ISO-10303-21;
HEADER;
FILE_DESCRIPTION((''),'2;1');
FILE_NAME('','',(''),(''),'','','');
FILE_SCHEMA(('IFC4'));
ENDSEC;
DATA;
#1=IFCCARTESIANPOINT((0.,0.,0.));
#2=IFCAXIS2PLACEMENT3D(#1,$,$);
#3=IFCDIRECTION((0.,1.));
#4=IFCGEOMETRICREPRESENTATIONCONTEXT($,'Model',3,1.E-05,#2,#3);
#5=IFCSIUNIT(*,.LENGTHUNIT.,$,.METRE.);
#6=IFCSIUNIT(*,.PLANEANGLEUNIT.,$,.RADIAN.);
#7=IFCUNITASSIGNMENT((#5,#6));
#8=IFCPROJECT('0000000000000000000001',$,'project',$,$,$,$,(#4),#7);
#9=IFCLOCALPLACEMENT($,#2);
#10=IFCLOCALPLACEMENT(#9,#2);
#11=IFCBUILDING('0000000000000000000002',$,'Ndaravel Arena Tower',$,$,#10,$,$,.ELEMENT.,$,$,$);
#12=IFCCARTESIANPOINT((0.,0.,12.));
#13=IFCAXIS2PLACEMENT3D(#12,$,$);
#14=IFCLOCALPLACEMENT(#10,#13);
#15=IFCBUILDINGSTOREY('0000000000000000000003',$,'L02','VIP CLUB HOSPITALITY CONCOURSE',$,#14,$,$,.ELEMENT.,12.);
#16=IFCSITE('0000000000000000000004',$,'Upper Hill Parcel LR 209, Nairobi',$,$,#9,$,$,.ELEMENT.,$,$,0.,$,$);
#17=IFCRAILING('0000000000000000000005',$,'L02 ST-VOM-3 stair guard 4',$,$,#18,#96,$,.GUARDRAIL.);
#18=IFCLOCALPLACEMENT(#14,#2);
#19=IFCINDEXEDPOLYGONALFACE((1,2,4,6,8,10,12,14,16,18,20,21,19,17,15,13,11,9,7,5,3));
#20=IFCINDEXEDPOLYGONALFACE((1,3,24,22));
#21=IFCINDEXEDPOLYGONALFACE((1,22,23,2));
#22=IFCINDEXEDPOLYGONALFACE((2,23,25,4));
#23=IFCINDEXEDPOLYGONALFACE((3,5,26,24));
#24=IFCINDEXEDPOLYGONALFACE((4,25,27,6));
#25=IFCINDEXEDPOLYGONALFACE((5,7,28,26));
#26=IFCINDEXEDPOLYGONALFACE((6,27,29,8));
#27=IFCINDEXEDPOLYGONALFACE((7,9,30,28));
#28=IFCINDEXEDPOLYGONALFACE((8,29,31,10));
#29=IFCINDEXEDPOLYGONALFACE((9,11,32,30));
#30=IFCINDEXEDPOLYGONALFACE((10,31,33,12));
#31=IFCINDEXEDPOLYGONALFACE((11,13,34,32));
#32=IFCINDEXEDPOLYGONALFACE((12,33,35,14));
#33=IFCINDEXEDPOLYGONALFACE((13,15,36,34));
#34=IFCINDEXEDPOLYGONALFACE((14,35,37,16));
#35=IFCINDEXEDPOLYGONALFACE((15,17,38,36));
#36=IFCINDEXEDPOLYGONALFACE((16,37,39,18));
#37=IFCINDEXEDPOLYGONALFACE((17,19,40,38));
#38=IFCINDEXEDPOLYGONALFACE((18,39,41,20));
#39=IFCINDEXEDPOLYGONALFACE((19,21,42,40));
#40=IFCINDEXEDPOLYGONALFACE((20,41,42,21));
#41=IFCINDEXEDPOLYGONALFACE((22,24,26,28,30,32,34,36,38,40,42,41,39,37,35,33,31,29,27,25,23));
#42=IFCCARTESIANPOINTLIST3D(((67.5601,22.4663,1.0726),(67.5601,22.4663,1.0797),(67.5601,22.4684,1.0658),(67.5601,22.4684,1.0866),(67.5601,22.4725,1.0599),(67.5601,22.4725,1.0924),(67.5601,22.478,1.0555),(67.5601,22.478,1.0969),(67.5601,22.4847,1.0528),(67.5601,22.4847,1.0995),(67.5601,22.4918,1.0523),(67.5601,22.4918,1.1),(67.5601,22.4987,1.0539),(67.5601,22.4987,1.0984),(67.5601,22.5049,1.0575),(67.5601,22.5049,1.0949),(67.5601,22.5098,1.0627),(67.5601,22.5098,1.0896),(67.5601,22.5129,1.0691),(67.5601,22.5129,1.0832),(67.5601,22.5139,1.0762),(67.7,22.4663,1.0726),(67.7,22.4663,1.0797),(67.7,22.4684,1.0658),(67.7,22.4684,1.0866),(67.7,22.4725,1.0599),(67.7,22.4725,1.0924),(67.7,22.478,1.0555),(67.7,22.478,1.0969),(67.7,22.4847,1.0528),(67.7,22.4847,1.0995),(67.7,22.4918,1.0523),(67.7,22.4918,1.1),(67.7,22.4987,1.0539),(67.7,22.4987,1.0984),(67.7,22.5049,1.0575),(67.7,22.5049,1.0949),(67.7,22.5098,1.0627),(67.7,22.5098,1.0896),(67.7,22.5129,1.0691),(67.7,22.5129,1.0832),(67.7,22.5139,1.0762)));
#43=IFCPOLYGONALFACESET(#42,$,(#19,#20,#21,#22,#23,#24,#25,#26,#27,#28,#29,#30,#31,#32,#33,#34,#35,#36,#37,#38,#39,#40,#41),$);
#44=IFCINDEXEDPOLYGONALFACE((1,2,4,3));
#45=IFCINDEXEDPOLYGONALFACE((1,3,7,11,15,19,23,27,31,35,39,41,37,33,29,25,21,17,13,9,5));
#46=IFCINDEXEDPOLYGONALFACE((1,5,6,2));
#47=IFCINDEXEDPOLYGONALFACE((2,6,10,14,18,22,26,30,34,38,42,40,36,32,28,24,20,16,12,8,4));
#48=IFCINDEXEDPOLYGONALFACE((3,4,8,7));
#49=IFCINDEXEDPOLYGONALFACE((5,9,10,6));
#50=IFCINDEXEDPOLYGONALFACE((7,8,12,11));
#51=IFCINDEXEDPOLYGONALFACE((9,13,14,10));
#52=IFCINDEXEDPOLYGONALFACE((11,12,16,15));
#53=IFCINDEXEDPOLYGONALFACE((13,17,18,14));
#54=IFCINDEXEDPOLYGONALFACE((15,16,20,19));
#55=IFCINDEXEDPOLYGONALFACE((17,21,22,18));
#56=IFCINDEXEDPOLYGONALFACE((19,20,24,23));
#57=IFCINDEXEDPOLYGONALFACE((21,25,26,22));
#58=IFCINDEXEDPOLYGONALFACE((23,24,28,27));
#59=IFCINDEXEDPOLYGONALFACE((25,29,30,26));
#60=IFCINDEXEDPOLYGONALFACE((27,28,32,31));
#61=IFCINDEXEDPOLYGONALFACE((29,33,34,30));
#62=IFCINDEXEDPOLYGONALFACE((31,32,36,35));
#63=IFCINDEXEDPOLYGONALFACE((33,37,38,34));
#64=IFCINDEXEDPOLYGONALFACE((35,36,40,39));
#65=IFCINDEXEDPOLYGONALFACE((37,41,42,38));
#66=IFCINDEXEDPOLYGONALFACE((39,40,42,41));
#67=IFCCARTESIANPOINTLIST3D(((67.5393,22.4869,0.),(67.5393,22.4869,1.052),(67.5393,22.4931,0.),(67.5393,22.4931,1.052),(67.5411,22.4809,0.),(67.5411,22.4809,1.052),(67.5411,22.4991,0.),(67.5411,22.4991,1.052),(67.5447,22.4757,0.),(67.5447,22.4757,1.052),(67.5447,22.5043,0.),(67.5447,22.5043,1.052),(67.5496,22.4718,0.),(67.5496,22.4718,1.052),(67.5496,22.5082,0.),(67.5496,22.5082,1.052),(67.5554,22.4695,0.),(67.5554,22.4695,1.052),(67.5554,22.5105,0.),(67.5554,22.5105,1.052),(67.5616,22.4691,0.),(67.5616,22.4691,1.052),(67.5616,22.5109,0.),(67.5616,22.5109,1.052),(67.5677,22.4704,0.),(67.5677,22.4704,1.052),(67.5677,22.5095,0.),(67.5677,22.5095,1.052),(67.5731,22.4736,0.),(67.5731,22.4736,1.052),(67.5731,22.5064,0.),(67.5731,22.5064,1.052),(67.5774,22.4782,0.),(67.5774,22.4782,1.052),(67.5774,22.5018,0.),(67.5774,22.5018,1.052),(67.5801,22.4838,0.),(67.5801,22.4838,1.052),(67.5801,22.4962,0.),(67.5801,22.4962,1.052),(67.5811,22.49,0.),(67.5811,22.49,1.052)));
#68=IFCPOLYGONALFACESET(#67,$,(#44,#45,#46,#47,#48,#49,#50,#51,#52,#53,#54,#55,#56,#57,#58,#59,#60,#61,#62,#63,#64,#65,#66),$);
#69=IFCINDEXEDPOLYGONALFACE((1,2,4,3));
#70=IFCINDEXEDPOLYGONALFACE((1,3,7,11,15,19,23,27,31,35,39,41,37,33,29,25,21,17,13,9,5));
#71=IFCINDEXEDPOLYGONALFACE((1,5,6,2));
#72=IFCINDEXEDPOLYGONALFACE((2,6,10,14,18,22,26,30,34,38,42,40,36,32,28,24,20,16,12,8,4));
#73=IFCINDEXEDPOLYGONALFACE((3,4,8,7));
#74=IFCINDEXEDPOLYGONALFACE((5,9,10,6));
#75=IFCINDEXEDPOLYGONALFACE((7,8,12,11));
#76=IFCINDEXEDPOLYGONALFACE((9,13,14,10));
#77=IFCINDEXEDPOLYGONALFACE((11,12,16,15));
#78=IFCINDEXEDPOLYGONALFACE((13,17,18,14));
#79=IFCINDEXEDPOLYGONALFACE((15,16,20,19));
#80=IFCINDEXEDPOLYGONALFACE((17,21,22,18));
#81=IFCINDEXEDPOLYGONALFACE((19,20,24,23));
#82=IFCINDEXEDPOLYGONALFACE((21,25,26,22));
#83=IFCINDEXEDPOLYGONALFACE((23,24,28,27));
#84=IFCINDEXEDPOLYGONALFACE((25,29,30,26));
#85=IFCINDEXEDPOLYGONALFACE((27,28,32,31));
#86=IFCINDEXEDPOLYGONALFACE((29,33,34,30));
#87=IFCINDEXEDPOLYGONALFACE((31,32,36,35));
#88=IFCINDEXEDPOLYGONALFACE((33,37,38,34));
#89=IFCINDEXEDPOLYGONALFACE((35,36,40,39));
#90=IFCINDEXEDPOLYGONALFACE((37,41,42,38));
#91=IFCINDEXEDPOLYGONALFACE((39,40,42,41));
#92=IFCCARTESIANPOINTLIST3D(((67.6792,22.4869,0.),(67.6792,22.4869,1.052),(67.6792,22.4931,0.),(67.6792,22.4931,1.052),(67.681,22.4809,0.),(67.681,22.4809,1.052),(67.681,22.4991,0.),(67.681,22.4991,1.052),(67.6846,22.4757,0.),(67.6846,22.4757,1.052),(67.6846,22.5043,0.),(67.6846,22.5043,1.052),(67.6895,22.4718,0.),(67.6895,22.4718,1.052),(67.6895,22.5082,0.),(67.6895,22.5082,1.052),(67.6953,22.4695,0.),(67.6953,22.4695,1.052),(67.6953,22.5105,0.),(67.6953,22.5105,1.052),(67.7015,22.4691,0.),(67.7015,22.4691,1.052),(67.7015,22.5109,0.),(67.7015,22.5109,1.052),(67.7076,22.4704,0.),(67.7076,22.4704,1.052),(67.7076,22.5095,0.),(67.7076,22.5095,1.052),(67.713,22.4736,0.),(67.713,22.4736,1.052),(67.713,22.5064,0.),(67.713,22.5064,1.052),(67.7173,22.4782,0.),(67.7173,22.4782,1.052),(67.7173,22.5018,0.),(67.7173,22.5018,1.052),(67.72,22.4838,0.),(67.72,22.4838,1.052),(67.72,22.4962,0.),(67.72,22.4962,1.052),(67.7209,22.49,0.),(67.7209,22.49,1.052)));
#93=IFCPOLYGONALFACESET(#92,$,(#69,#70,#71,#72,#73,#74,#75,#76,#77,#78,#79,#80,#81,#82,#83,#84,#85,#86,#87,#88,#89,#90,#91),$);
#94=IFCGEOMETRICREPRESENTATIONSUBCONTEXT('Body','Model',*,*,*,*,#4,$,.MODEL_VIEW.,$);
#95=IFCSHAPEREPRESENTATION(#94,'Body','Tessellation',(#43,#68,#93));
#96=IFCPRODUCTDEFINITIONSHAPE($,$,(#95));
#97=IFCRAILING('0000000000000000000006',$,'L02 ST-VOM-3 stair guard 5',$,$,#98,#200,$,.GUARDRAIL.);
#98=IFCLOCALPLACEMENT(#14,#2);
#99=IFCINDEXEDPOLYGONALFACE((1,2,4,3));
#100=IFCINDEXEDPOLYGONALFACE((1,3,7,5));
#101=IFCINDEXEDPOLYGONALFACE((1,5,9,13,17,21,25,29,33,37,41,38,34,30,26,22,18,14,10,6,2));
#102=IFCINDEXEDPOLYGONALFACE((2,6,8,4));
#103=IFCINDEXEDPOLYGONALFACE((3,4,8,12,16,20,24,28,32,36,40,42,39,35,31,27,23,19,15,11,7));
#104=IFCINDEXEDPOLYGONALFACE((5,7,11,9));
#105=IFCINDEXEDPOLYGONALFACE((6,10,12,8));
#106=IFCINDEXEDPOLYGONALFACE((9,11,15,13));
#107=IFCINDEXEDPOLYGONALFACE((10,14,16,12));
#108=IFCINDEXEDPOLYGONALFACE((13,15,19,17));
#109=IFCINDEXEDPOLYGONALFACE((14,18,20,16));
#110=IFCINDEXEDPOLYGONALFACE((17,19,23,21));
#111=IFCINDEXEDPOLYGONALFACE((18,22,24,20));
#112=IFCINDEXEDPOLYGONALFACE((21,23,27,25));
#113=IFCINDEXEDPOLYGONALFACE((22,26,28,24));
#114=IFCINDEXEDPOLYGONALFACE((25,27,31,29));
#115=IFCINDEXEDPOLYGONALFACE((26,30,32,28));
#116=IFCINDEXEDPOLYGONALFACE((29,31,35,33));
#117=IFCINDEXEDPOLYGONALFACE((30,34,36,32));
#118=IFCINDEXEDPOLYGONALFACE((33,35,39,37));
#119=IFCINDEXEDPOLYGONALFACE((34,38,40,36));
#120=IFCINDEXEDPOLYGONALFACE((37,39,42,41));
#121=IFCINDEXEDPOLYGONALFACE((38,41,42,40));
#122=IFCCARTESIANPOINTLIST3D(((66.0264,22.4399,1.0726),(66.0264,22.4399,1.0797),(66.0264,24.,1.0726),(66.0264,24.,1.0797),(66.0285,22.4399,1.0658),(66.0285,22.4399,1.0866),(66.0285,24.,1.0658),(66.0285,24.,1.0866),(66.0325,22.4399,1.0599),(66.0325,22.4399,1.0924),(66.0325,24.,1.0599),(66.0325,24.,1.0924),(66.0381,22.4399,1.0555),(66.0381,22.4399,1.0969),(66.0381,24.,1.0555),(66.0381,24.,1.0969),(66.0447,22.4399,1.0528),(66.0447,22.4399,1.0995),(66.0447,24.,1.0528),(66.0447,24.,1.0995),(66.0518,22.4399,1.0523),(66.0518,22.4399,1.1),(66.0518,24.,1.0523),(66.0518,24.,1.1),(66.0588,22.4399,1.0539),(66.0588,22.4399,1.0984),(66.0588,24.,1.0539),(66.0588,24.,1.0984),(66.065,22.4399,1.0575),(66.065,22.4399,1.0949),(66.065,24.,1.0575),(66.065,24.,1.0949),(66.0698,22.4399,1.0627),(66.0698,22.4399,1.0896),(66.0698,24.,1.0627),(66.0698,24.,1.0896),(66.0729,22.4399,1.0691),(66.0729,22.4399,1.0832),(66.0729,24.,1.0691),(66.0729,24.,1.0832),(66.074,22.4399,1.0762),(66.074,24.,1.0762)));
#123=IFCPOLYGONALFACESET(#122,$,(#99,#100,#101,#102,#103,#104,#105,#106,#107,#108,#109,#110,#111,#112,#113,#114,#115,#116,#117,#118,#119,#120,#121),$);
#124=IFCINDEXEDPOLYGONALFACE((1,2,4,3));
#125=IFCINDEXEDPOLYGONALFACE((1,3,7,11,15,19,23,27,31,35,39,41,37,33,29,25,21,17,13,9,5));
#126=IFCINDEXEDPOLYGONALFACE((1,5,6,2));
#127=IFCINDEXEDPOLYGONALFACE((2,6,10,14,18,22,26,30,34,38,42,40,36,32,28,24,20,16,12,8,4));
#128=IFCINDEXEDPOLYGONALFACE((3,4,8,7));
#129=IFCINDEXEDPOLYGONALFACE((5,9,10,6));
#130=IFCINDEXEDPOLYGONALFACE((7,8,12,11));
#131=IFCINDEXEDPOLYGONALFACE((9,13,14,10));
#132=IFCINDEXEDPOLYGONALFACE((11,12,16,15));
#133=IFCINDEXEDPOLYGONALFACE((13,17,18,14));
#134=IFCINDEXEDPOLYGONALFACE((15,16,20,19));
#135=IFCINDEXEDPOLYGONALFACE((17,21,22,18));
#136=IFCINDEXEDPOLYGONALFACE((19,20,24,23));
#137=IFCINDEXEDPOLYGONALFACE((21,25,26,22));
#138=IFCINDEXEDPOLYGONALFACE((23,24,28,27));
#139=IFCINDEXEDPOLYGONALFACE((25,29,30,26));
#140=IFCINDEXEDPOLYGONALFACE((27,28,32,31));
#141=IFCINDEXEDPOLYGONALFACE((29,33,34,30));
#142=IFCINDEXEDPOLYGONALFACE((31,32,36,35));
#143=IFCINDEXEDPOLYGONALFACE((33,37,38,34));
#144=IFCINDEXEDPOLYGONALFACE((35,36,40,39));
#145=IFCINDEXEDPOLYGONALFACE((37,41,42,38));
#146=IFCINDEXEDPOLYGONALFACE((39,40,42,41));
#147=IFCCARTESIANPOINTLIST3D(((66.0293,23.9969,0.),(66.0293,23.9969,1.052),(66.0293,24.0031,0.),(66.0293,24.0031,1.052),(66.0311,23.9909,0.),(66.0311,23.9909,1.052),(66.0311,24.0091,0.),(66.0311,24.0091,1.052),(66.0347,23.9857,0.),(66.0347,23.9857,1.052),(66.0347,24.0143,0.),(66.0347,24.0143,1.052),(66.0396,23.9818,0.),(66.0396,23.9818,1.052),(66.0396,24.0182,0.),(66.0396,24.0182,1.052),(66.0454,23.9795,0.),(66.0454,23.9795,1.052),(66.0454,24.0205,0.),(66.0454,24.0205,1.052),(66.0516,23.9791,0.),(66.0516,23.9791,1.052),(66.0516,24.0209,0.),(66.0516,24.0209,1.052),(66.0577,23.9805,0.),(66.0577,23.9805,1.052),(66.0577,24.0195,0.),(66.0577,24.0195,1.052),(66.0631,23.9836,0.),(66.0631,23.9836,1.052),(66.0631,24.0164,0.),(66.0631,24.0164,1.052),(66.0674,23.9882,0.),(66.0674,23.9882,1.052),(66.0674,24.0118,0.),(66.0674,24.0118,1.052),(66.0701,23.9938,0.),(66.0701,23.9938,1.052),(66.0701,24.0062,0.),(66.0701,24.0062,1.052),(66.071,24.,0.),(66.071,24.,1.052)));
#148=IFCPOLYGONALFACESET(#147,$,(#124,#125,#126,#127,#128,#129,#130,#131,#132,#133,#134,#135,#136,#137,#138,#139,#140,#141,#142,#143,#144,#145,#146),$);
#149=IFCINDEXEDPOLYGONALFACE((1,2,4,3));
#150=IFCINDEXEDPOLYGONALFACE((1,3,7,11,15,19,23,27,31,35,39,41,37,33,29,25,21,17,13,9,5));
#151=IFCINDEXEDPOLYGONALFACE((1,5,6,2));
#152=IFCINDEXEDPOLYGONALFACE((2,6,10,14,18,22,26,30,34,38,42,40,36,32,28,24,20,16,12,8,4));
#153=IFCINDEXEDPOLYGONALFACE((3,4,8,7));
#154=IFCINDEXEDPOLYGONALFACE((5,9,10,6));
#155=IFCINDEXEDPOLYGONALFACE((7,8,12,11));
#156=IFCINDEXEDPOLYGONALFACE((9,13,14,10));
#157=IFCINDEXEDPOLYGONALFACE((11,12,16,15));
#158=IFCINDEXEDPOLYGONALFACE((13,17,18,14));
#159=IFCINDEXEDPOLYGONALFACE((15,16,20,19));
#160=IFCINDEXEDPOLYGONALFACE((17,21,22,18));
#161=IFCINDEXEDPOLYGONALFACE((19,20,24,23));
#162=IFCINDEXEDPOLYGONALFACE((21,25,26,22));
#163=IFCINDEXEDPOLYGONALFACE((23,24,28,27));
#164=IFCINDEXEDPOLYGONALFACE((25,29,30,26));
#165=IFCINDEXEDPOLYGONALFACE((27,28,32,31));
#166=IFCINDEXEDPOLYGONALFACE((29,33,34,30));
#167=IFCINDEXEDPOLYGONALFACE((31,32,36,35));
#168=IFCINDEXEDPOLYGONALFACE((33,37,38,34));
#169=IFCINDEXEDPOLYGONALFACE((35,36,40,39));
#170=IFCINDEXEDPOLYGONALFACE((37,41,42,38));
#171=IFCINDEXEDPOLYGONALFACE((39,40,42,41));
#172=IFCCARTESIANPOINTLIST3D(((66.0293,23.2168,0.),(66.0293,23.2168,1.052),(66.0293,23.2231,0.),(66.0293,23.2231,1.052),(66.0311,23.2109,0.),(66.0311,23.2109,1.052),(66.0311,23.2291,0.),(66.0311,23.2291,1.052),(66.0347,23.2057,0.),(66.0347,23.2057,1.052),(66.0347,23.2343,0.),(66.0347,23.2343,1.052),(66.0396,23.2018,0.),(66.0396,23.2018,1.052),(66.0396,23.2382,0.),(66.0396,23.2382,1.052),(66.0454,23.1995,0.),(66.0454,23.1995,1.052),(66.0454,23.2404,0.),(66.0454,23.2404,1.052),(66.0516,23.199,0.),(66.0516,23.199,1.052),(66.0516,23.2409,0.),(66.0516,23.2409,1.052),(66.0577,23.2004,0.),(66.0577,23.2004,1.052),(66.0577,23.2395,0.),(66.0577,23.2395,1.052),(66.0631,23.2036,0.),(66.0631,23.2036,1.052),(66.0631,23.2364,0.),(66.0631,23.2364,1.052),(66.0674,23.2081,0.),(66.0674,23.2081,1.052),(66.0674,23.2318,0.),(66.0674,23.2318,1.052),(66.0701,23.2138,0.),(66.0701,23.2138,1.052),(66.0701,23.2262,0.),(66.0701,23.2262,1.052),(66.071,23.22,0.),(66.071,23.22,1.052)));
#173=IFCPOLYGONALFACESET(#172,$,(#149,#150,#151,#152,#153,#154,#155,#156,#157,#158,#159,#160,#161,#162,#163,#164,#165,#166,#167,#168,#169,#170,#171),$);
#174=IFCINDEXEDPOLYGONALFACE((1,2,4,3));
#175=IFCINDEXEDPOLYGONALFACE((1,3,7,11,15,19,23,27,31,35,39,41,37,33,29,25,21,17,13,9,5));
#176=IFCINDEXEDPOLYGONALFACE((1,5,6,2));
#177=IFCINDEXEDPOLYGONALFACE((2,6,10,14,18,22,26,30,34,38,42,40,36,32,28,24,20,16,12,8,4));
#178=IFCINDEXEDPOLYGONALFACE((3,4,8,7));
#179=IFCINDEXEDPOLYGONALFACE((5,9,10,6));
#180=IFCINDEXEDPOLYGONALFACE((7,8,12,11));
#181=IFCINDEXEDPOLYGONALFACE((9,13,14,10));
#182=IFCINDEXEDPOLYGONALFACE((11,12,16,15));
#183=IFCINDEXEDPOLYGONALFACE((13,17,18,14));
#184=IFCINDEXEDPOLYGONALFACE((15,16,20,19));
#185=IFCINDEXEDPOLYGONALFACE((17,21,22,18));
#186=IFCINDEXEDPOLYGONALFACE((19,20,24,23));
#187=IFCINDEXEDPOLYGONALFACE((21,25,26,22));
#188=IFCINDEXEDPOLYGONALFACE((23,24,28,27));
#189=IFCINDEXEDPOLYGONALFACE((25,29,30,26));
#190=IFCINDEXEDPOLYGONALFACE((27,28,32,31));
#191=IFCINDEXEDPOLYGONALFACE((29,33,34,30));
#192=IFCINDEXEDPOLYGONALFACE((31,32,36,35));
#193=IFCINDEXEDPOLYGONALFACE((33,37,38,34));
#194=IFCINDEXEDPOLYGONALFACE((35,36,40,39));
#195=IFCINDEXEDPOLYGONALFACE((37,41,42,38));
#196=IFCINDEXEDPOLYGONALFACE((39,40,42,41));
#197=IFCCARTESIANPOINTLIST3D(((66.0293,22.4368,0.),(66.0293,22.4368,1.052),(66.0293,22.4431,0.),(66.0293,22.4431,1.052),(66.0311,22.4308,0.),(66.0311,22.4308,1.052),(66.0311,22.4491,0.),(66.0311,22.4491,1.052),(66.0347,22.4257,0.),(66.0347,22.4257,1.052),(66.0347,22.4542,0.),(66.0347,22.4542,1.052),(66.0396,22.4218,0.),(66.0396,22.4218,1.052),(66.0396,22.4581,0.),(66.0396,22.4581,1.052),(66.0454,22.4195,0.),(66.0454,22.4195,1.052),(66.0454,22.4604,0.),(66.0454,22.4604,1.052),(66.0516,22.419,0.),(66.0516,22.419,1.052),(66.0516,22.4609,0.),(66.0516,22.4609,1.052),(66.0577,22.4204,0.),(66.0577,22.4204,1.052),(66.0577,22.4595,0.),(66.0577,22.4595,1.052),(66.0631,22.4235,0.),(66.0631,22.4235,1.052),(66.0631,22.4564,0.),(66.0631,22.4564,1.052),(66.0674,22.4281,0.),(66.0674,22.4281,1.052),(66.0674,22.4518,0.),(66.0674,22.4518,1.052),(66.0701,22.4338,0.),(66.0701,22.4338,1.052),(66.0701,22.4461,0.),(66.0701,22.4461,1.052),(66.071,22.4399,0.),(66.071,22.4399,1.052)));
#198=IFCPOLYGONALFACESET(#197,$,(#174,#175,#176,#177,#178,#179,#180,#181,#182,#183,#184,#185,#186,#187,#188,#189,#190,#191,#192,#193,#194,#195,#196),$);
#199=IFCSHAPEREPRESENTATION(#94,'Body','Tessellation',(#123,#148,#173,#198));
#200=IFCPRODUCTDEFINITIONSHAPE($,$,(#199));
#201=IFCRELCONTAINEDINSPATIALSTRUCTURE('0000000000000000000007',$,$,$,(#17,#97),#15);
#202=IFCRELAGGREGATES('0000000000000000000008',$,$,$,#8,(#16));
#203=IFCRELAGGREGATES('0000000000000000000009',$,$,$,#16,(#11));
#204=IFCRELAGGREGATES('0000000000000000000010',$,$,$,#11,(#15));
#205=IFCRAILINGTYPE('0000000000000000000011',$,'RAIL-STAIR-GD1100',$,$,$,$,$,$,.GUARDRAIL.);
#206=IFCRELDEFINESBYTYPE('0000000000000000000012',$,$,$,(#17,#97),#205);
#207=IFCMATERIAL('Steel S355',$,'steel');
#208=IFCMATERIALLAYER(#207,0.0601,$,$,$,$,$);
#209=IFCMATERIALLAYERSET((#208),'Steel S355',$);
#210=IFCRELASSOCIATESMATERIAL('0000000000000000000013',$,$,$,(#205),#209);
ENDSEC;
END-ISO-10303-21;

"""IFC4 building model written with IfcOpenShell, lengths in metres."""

from ifc_helpers import new_model, si_unit, direction, frame, origin, origin_2d, place, context, subcontext, project, spatial, circle, extrude, material, layer, layer_set, type_object, element, save


model = new_model("IFC4")

# Units and contexts
model_context = context("Model", 3, precision=1e-05, world=origin(), true_north=direction((0.0, 1.0)))
body_context = subcontext(model_context, "Body", "Model", "MODEL_VIEW")
ifc_project = project(units=[si_unit("LENGTHUNIT", "METRE"), si_unit("PLANEANGLEUNIT", "RADIAN")], contexts=[model_context])

# Site, building, storey
site_placement = place(None, origin())
site = spatial("IfcSite", under=ifc_project, at=site_placement, Name="Upper Hill Parcel LR 209, Nairobi", CompositionType="ELEMENT", RefElevation=0.0)
building_placement = place(site_placement, origin())
building = spatial("IfcBuilding", under=site, at=building_placement, Name="Ndaravel Arena Tower", CompositionType="ELEMENT")
storey_placement = place(building_placement, frame((0.0, 0.0, 12.0)))
storey = spatial("IfcBuildingStorey", under=building, at=storey_placement, Name="L02", Description="VIP CLUB HOSPITALITY CONCOURSE", CompositionType="ELEMENT", Elevation=12.0)

# Railings
ifc_material_1 = material(Name="Steel S355", Category="steel")
ifc_layer_1 = layer(ifc_material_1, 0.0601)
ifc_layer_set_1 = layer_set([ifc_layer_1], Name="Steel S355")
railing_type_1 = type_object("IfcRailingType", Name="RAIL-STAIR-GD1100", PredefinedType="GUARDRAIL", material=ifc_layer_set_1)
railing_1_placement = place(storey_placement, frame((67.5601, 22.49, 0.0)))
element("IfcRailing", 1, at=railing_1_placement, inside=storey, type_object=railing_type_1, Name="L02 ST-VOM-3 stair guard 4", PredefinedType="GUARDRAIL", context=body_context, shape_type="SweptSolid", body=[
    extrude(circle(Radius=0.0239, at=origin_2d()), frame((0.0, 0.0, 1.0762), z_axis=(1.0, 0.0, 0.0), x_axis=(0.0, 1.0, 0.0)), (0.0, 0.0, 1.0), 0.1399),
    extrude(circle(Radius=0.021, at=origin_2d()), origin(), (0.0, 0.0, 1.0), 1.052),
    extrude(circle(Radius=0.021, at=origin_2d()), frame((0.1399, 0.0, 0.0)), (0.0, 0.0, 1.0), 1.052),
])
railing_2_placement = place(storey_placement, frame((66.05, 24.0, 0.0)))
element("IfcRailing", 2, at=railing_2_placement, inside=storey, type_object=railing_type_1, Name="L02 ST-VOM-3 stair guard 5", PredefinedType="GUARDRAIL", context=body_context, shape_type="SweptSolid", body=[
    extrude(circle(Radius=0.0239, at=origin_2d()), frame((0.0, 0.0, 1.0762), z_axis=(0.0, -1.0, 0.0), x_axis=(1.0, 0.0, 0.0)), (0.0, 0.0, 1.0), 1.5601),
    extrude(circle(Radius=0.021, at=origin_2d()), origin(), (0.0, 0.0, 1.0), 1.052),
    extrude(circle(Radius=0.021, at=origin_2d()), frame((0.0, -0.78, 0.0)), (0.0, 0.0, 1.0), 1.052),
    extrude(circle(Radius=0.021, at=origin_2d()), frame((0.0, -1.5601, 0.0)), (0.0, 0.0, 1.0), 1.052),
])

save(model, "model.ifc")
